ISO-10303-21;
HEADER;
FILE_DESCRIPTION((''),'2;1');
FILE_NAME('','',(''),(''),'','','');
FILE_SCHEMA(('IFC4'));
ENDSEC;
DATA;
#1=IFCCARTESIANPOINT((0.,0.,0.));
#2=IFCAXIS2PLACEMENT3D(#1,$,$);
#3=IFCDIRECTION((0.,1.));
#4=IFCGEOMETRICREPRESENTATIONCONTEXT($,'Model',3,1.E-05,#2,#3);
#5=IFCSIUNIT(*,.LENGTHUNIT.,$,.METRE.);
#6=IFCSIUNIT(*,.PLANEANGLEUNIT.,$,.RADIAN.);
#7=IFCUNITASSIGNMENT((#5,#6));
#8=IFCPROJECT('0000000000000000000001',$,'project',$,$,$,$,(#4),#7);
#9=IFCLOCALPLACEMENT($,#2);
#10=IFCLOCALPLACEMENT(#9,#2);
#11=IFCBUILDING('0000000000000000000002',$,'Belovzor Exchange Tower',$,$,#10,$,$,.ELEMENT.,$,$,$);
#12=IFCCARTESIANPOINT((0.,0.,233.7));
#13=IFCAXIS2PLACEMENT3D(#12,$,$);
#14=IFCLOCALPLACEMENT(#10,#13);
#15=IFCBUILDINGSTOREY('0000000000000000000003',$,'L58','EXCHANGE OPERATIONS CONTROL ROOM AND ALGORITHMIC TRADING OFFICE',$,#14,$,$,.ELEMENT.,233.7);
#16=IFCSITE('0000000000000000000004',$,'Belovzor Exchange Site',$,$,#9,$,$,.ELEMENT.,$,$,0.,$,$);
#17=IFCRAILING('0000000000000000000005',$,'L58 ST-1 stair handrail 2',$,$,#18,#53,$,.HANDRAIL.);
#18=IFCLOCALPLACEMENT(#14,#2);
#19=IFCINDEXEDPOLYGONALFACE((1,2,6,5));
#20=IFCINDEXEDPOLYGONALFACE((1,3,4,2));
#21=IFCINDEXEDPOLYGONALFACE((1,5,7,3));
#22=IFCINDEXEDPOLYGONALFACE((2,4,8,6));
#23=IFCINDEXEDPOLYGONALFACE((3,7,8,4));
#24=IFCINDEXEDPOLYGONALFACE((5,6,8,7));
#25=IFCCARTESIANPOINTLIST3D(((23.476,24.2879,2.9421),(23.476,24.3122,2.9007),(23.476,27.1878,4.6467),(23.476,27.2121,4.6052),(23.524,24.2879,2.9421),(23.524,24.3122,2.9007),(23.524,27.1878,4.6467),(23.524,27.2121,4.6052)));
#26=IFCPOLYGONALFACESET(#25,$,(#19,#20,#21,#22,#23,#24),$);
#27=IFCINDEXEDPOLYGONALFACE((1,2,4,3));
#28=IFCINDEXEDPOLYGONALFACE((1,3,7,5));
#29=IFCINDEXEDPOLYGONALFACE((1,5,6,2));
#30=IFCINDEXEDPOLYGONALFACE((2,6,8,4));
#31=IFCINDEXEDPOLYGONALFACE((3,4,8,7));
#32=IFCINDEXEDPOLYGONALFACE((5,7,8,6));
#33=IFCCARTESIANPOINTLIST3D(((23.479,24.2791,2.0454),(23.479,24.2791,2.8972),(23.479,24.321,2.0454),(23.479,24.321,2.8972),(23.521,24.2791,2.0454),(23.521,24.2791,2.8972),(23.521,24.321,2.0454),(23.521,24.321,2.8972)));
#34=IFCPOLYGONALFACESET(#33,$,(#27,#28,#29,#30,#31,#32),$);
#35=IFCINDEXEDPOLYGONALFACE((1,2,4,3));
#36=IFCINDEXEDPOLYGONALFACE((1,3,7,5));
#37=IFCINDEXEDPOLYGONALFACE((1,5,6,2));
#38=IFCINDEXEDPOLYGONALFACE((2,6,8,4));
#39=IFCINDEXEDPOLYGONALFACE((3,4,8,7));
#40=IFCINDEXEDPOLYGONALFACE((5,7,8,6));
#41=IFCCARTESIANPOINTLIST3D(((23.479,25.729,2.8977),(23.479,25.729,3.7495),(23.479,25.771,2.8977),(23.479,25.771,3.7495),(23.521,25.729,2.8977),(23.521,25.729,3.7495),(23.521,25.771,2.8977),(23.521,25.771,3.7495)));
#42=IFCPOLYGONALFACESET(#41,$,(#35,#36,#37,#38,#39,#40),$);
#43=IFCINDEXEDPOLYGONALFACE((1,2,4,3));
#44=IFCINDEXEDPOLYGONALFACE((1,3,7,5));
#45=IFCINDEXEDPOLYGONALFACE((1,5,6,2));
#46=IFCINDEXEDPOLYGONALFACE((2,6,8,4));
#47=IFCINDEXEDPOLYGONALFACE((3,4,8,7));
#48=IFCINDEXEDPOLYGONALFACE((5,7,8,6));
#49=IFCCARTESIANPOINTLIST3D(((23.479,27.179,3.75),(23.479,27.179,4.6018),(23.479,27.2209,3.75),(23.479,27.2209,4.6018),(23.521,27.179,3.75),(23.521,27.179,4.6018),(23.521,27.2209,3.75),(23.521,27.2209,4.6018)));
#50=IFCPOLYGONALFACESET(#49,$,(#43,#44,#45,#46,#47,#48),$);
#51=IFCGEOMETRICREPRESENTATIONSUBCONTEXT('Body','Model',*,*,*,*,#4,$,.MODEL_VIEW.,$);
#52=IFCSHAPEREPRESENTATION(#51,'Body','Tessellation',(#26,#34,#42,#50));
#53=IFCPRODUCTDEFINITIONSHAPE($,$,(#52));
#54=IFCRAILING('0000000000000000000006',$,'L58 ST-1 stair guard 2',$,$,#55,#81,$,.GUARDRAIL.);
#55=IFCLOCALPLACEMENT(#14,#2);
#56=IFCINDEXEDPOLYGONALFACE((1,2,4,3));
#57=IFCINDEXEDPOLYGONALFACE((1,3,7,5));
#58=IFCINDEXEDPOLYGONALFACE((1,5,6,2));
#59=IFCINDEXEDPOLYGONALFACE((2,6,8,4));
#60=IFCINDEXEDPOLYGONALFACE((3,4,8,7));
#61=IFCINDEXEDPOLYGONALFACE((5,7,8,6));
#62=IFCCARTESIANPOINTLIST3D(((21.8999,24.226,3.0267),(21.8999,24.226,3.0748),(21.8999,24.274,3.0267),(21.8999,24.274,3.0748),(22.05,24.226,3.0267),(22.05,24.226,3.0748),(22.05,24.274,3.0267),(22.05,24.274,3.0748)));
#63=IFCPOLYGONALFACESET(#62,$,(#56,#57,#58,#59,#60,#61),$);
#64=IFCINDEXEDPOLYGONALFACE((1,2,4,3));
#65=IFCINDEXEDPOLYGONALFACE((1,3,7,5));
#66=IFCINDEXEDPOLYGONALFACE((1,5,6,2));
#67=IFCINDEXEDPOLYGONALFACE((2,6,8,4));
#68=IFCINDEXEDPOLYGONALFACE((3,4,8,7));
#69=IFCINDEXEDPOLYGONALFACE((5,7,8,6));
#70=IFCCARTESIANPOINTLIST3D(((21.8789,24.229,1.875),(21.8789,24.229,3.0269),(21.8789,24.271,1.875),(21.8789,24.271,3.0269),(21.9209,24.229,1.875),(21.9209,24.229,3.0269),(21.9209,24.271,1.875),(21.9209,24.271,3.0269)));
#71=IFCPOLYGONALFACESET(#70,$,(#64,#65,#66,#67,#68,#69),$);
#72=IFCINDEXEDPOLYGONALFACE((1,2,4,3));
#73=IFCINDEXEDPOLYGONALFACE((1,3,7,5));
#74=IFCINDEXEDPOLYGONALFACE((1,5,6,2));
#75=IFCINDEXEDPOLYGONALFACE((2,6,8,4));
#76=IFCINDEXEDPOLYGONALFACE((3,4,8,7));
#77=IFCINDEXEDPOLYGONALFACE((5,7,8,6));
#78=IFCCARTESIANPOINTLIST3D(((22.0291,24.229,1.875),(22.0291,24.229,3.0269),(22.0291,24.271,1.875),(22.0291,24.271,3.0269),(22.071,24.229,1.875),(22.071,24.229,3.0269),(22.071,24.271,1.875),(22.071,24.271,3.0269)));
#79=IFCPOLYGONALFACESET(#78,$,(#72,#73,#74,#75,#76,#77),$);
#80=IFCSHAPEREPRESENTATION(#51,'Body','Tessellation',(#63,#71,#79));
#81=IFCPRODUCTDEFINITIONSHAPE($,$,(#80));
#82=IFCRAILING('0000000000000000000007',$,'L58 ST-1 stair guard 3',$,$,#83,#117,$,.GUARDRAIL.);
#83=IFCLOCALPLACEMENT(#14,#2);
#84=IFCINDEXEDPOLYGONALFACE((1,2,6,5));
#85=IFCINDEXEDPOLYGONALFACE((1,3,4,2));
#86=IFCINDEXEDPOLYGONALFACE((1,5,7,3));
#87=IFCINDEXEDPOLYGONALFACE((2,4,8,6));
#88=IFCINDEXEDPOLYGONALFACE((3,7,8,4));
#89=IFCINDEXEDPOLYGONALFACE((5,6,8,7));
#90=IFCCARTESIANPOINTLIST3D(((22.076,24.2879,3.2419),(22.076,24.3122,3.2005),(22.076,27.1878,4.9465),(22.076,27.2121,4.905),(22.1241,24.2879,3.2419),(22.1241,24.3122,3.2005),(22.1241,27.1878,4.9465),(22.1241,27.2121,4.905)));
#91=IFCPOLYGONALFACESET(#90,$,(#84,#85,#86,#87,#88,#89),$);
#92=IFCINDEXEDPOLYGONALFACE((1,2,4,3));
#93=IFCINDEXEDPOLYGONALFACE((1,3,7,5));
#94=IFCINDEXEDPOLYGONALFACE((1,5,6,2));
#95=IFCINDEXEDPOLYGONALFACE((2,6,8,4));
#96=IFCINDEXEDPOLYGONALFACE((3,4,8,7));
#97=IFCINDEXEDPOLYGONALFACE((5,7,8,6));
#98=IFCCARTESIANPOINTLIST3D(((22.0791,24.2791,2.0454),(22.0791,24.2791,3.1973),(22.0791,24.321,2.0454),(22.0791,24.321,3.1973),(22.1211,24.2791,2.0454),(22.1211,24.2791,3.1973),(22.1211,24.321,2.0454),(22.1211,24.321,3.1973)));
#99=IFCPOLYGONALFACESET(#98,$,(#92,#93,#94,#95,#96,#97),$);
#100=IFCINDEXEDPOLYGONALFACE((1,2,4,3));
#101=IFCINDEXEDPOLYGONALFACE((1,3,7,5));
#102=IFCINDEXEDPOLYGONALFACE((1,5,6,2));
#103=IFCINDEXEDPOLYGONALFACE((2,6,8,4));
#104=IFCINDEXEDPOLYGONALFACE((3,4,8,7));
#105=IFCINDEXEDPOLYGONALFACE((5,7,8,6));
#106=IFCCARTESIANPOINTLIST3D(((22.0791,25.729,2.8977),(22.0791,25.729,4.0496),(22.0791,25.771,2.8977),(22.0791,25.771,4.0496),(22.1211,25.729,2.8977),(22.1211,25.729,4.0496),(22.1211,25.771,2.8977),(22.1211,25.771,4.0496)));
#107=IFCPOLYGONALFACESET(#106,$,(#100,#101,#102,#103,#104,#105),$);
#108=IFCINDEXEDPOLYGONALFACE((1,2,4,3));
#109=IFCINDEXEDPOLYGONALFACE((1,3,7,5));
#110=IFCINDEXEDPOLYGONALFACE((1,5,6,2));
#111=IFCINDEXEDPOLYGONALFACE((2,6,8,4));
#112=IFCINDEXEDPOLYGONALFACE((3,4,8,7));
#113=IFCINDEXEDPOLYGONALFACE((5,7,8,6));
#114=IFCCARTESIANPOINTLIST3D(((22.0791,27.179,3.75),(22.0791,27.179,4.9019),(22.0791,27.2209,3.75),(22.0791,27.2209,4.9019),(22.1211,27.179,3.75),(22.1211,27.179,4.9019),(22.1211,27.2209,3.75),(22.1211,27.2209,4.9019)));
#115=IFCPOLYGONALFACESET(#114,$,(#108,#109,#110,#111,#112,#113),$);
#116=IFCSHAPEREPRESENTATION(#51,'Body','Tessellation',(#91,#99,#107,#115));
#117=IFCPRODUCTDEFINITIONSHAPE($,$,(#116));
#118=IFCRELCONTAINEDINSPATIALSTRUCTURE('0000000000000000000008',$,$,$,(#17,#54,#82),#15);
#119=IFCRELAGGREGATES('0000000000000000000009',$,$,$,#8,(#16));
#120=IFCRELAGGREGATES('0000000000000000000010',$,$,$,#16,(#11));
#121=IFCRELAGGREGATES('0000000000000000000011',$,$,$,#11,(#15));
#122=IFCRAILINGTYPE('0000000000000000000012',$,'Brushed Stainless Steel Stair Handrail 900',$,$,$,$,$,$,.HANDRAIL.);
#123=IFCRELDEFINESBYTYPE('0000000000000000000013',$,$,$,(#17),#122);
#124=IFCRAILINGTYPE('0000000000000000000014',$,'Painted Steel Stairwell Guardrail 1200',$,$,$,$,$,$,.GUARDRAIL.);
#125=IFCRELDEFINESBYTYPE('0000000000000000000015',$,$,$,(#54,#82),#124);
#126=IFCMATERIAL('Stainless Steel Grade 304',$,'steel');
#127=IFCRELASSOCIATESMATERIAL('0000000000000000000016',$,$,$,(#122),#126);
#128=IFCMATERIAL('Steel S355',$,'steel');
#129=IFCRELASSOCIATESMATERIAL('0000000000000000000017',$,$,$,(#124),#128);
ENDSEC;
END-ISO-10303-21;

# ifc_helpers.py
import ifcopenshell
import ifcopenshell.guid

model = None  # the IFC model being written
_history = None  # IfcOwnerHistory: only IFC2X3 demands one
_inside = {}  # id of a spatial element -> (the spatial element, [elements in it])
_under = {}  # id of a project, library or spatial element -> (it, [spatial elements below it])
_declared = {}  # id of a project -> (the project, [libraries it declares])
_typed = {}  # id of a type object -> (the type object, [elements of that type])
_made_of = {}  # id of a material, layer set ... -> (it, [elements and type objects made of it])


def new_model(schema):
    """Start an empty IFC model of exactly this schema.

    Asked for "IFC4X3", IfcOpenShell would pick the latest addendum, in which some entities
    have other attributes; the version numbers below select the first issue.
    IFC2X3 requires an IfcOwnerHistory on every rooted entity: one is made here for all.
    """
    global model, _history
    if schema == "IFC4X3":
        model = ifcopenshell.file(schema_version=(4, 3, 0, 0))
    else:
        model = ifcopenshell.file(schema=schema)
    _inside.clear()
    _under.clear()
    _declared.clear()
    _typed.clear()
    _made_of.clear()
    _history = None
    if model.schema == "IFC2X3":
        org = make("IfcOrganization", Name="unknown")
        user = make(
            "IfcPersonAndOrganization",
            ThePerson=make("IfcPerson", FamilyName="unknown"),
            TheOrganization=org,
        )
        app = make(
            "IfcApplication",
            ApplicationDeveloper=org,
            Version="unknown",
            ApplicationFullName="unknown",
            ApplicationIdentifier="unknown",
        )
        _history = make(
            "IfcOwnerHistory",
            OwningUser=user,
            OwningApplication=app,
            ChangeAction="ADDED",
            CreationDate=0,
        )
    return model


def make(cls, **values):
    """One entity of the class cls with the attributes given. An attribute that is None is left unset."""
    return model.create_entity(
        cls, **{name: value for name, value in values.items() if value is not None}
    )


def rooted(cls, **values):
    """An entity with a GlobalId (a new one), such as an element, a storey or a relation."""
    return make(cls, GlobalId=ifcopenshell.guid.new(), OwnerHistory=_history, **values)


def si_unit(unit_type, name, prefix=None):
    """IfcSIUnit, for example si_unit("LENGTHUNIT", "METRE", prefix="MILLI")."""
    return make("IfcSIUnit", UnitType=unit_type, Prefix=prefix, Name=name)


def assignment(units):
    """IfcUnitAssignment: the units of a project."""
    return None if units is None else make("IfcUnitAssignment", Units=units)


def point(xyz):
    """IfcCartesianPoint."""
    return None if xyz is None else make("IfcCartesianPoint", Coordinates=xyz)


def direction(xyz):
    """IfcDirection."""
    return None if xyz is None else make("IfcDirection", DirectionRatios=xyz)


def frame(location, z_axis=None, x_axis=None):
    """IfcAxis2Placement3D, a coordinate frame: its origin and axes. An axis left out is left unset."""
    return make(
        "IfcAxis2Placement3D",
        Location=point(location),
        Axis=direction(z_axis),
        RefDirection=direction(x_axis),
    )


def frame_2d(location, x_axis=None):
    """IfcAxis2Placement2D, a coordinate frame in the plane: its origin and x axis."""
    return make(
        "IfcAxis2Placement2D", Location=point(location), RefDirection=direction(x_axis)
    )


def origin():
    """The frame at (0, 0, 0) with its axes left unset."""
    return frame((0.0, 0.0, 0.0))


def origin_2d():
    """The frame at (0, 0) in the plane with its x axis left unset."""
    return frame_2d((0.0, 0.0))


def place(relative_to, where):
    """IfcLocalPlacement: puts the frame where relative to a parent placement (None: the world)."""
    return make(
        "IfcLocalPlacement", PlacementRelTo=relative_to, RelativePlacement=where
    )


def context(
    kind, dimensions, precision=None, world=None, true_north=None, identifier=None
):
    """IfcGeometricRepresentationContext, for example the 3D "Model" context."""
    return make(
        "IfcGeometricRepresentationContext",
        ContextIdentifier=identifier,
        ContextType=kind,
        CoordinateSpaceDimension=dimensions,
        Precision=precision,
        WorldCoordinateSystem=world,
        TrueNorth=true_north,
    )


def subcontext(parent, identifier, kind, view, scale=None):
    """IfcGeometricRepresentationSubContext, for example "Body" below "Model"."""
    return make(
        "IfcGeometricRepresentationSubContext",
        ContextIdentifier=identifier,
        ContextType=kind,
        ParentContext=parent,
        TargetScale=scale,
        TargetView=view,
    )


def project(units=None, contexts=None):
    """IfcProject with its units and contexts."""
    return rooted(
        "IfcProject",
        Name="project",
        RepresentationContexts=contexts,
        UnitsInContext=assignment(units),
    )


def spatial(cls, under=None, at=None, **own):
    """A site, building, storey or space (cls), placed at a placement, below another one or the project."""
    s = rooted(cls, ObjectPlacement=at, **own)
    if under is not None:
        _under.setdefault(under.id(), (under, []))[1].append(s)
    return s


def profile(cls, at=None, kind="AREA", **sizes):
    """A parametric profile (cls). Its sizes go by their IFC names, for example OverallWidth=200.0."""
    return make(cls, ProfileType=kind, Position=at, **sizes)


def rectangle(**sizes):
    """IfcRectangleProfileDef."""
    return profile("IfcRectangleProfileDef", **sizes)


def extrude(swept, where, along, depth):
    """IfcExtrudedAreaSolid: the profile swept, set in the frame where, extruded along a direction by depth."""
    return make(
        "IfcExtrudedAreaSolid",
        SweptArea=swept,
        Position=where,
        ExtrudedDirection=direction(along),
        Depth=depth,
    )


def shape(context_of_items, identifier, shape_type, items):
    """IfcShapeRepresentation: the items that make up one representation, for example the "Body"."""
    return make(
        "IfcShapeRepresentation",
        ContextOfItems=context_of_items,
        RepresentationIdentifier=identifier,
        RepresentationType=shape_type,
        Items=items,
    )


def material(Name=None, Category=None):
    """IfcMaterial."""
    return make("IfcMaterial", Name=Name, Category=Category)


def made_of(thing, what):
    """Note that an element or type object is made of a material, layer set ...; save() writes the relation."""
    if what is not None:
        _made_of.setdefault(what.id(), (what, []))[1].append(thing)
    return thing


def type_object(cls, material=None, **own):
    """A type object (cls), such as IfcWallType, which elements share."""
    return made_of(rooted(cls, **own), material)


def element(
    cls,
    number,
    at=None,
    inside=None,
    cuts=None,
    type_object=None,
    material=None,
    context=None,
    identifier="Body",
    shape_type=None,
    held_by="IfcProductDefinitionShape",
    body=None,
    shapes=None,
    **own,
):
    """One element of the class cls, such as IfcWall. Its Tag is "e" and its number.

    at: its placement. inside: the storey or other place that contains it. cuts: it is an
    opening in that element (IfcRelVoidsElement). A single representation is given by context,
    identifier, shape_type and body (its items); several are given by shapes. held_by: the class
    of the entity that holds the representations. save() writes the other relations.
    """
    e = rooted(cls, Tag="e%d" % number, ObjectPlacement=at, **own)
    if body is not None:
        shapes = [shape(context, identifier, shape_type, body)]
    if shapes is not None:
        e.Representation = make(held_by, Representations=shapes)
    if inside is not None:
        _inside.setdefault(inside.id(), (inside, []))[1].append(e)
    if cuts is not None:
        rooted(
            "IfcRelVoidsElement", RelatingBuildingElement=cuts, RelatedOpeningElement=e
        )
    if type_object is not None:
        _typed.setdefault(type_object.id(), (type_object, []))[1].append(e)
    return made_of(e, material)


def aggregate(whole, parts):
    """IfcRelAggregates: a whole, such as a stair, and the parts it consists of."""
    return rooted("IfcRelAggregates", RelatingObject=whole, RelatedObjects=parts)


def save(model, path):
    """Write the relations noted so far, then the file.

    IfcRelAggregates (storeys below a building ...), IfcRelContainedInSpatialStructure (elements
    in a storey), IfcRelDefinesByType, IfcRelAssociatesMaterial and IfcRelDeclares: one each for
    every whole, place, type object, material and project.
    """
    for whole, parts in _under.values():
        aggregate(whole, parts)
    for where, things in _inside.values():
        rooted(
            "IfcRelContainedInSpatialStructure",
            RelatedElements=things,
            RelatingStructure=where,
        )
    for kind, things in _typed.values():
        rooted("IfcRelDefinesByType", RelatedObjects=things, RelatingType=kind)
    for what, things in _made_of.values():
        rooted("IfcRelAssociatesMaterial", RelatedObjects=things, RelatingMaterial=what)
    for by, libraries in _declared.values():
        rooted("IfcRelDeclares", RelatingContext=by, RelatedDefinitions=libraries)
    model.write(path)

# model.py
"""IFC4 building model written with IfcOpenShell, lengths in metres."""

from ifc_helpers import new_model, si_unit, direction, frame, origin, origin_2d, place, context, subcontext, project, spatial, rectangle, extrude, material, type_object, element, save


model = new_model("IFC4")

# Units and contexts
model_context = context("Model", 3, precision=1e-05, world=origin(), true_north=direction((0.0, 1.0)))
body_context = subcontext(model_context, "Body", "Model", "MODEL_VIEW")
ifc_project = project(units=[si_unit("LENGTHUNIT", "METRE"), si_unit("PLANEANGLEUNIT", "RADIAN")], contexts=[model_context])

# Site, building, storey
site_placement = place(None, origin())
site = spatial("IfcSite", under=ifc_project, at=site_placement, Name="Belovzor Exchange Site", CompositionType="ELEMENT", RefElevation=0.0)
building_placement = place(site_placement, origin())
building = spatial("IfcBuilding", under=site, at=building_placement, Name="Belovzor Exchange Tower", CompositionType="ELEMENT")
storey_placement = place(building_placement, frame((0.0, 0.0, 233.7)))
storey = spatial("IfcBuildingStorey", under=building, at=storey_placement, Name="L58", Description="EXCHANGE OPERATIONS CONTROL ROOM AND ALGORITHMIC TRADING OFFICE", CompositionType="ELEMENT", Elevation=233.7)

# Railings
ifc_material_1 = material(Name="Stainless Steel Grade 304", Category="steel")
railing_type_1 = type_object("IfcRailingType", Name="Brushed Stainless Steel Stair Handrail 900", PredefinedType="HANDRAIL", material=ifc_material_1)
railing_1_placement = place(storey_placement, frame((23.5, 24.3, 2.0454)))
element("IfcRailing", 1, at=railing_1_placement, inside=storey, type_object=railing_type_1, Name="L58 ST-1 stair handrail 2", PredefinedType="HANDRAIL", context=body_context, shape_type="SweptSolid", body=[
    extrude(rectangle(XDim=0.0481, YDim=0.0481, at=origin_2d()), frame((0.0, 0.0, 0.876), z_axis=(0.0, 0.862095, 0.506747), x_axis=(-1.0, 0.0, 0.0)), (0.0, 0.0, 1.0), 3.3638),
    extrude(rectangle(XDim=0.042, YDim=0.042, at=origin_2d()), origin(), (0.0, 0.0, 1.0), 0.8518),
    extrude(rectangle(XDim=0.042, YDim=0.042, at=origin_2d()), frame((0.0, 1.45, 0.8523)), (0.0, 0.0, 1.0), 0.8518),
    extrude(rectangle(XDim=0.042, YDim=0.042, at=origin_2d()), frame((0.0, 2.8999, 1.7046)), (0.0, 0.0, 1.0), 0.8518),
])
ifc_material_2 = material(Name="Steel S355", Category="steel")
railing_type_2 = type_object("IfcRailingType", Name="Painted Steel Stairwell Guardrail 1200", PredefinedType="GUARDRAIL", material=ifc_material_2)
railing_2_placement = place(storey_placement, frame((21.8999, 24.25, 1.875)))
element("IfcRailing", 2, at=railing_2_placement, inside=storey, type_object=railing_type_2, Name="L58 ST-1 stair guard 2", PredefinedType="GUARDRAIL", context=body_context, shape_type="SweptSolid", body=[
    extrude(rectangle(XDim=0.0481, YDim=0.0481, at=origin_2d()), frame((0.0, 0.0, 1.1758), z_axis=(1.0, 0.0, 0.0), x_axis=(0.0, 1.0, 0.0)), (0.0, 0.0, 1.0), 0.1501),
    extrude(rectangle(XDim=0.042, YDim=0.042, at=origin_2d()), origin(), (0.0, 0.0, 1.0), 1.1519),
    extrude(rectangle(XDim=0.042, YDim=0.042, at=origin_2d()), frame((0.1501, 0.0, 0.0)), (0.0, 0.0, 1.0), 1.1519),
])
railing_3_placement = place(storey_placement, frame((22.1001, 24.3, 2.0454)))
element("IfcRailing", 3, at=railing_3_placement, inside=storey, type_object=railing_type_2, Name="L58 ST-1 stair guard 3", PredefinedType="GUARDRAIL", context=body_context, shape_type="SweptSolid", body=[
    extrude(rectangle(XDim=0.0481, YDim=0.0481, at=origin_2d()), frame((0.0, 0.0, 1.1758), z_axis=(0.0, 0.862095, 0.506747), x_axis=(-1.0, 0.0, 0.0)), (0.0, 0.0, 1.0), 3.3638),
    extrude(rectangle(XDim=0.042, YDim=0.042, at=origin_2d()), origin(), (0.0, 0.0, 1.0), 1.1519),
    extrude(rectangle(XDim=0.042, YDim=0.042, at=origin_2d()), frame((0.0, 1.45, 0.8523)), (0.0, 0.0, 1.0), 1.1519),
    extrude(rectangle(XDim=0.042, YDim=0.042, at=origin_2d()), frame((0.0, 2.8999, 1.7046)), (0.0, 0.0, 1.0), 1.1519),
])

save(model, "model.ifc")
